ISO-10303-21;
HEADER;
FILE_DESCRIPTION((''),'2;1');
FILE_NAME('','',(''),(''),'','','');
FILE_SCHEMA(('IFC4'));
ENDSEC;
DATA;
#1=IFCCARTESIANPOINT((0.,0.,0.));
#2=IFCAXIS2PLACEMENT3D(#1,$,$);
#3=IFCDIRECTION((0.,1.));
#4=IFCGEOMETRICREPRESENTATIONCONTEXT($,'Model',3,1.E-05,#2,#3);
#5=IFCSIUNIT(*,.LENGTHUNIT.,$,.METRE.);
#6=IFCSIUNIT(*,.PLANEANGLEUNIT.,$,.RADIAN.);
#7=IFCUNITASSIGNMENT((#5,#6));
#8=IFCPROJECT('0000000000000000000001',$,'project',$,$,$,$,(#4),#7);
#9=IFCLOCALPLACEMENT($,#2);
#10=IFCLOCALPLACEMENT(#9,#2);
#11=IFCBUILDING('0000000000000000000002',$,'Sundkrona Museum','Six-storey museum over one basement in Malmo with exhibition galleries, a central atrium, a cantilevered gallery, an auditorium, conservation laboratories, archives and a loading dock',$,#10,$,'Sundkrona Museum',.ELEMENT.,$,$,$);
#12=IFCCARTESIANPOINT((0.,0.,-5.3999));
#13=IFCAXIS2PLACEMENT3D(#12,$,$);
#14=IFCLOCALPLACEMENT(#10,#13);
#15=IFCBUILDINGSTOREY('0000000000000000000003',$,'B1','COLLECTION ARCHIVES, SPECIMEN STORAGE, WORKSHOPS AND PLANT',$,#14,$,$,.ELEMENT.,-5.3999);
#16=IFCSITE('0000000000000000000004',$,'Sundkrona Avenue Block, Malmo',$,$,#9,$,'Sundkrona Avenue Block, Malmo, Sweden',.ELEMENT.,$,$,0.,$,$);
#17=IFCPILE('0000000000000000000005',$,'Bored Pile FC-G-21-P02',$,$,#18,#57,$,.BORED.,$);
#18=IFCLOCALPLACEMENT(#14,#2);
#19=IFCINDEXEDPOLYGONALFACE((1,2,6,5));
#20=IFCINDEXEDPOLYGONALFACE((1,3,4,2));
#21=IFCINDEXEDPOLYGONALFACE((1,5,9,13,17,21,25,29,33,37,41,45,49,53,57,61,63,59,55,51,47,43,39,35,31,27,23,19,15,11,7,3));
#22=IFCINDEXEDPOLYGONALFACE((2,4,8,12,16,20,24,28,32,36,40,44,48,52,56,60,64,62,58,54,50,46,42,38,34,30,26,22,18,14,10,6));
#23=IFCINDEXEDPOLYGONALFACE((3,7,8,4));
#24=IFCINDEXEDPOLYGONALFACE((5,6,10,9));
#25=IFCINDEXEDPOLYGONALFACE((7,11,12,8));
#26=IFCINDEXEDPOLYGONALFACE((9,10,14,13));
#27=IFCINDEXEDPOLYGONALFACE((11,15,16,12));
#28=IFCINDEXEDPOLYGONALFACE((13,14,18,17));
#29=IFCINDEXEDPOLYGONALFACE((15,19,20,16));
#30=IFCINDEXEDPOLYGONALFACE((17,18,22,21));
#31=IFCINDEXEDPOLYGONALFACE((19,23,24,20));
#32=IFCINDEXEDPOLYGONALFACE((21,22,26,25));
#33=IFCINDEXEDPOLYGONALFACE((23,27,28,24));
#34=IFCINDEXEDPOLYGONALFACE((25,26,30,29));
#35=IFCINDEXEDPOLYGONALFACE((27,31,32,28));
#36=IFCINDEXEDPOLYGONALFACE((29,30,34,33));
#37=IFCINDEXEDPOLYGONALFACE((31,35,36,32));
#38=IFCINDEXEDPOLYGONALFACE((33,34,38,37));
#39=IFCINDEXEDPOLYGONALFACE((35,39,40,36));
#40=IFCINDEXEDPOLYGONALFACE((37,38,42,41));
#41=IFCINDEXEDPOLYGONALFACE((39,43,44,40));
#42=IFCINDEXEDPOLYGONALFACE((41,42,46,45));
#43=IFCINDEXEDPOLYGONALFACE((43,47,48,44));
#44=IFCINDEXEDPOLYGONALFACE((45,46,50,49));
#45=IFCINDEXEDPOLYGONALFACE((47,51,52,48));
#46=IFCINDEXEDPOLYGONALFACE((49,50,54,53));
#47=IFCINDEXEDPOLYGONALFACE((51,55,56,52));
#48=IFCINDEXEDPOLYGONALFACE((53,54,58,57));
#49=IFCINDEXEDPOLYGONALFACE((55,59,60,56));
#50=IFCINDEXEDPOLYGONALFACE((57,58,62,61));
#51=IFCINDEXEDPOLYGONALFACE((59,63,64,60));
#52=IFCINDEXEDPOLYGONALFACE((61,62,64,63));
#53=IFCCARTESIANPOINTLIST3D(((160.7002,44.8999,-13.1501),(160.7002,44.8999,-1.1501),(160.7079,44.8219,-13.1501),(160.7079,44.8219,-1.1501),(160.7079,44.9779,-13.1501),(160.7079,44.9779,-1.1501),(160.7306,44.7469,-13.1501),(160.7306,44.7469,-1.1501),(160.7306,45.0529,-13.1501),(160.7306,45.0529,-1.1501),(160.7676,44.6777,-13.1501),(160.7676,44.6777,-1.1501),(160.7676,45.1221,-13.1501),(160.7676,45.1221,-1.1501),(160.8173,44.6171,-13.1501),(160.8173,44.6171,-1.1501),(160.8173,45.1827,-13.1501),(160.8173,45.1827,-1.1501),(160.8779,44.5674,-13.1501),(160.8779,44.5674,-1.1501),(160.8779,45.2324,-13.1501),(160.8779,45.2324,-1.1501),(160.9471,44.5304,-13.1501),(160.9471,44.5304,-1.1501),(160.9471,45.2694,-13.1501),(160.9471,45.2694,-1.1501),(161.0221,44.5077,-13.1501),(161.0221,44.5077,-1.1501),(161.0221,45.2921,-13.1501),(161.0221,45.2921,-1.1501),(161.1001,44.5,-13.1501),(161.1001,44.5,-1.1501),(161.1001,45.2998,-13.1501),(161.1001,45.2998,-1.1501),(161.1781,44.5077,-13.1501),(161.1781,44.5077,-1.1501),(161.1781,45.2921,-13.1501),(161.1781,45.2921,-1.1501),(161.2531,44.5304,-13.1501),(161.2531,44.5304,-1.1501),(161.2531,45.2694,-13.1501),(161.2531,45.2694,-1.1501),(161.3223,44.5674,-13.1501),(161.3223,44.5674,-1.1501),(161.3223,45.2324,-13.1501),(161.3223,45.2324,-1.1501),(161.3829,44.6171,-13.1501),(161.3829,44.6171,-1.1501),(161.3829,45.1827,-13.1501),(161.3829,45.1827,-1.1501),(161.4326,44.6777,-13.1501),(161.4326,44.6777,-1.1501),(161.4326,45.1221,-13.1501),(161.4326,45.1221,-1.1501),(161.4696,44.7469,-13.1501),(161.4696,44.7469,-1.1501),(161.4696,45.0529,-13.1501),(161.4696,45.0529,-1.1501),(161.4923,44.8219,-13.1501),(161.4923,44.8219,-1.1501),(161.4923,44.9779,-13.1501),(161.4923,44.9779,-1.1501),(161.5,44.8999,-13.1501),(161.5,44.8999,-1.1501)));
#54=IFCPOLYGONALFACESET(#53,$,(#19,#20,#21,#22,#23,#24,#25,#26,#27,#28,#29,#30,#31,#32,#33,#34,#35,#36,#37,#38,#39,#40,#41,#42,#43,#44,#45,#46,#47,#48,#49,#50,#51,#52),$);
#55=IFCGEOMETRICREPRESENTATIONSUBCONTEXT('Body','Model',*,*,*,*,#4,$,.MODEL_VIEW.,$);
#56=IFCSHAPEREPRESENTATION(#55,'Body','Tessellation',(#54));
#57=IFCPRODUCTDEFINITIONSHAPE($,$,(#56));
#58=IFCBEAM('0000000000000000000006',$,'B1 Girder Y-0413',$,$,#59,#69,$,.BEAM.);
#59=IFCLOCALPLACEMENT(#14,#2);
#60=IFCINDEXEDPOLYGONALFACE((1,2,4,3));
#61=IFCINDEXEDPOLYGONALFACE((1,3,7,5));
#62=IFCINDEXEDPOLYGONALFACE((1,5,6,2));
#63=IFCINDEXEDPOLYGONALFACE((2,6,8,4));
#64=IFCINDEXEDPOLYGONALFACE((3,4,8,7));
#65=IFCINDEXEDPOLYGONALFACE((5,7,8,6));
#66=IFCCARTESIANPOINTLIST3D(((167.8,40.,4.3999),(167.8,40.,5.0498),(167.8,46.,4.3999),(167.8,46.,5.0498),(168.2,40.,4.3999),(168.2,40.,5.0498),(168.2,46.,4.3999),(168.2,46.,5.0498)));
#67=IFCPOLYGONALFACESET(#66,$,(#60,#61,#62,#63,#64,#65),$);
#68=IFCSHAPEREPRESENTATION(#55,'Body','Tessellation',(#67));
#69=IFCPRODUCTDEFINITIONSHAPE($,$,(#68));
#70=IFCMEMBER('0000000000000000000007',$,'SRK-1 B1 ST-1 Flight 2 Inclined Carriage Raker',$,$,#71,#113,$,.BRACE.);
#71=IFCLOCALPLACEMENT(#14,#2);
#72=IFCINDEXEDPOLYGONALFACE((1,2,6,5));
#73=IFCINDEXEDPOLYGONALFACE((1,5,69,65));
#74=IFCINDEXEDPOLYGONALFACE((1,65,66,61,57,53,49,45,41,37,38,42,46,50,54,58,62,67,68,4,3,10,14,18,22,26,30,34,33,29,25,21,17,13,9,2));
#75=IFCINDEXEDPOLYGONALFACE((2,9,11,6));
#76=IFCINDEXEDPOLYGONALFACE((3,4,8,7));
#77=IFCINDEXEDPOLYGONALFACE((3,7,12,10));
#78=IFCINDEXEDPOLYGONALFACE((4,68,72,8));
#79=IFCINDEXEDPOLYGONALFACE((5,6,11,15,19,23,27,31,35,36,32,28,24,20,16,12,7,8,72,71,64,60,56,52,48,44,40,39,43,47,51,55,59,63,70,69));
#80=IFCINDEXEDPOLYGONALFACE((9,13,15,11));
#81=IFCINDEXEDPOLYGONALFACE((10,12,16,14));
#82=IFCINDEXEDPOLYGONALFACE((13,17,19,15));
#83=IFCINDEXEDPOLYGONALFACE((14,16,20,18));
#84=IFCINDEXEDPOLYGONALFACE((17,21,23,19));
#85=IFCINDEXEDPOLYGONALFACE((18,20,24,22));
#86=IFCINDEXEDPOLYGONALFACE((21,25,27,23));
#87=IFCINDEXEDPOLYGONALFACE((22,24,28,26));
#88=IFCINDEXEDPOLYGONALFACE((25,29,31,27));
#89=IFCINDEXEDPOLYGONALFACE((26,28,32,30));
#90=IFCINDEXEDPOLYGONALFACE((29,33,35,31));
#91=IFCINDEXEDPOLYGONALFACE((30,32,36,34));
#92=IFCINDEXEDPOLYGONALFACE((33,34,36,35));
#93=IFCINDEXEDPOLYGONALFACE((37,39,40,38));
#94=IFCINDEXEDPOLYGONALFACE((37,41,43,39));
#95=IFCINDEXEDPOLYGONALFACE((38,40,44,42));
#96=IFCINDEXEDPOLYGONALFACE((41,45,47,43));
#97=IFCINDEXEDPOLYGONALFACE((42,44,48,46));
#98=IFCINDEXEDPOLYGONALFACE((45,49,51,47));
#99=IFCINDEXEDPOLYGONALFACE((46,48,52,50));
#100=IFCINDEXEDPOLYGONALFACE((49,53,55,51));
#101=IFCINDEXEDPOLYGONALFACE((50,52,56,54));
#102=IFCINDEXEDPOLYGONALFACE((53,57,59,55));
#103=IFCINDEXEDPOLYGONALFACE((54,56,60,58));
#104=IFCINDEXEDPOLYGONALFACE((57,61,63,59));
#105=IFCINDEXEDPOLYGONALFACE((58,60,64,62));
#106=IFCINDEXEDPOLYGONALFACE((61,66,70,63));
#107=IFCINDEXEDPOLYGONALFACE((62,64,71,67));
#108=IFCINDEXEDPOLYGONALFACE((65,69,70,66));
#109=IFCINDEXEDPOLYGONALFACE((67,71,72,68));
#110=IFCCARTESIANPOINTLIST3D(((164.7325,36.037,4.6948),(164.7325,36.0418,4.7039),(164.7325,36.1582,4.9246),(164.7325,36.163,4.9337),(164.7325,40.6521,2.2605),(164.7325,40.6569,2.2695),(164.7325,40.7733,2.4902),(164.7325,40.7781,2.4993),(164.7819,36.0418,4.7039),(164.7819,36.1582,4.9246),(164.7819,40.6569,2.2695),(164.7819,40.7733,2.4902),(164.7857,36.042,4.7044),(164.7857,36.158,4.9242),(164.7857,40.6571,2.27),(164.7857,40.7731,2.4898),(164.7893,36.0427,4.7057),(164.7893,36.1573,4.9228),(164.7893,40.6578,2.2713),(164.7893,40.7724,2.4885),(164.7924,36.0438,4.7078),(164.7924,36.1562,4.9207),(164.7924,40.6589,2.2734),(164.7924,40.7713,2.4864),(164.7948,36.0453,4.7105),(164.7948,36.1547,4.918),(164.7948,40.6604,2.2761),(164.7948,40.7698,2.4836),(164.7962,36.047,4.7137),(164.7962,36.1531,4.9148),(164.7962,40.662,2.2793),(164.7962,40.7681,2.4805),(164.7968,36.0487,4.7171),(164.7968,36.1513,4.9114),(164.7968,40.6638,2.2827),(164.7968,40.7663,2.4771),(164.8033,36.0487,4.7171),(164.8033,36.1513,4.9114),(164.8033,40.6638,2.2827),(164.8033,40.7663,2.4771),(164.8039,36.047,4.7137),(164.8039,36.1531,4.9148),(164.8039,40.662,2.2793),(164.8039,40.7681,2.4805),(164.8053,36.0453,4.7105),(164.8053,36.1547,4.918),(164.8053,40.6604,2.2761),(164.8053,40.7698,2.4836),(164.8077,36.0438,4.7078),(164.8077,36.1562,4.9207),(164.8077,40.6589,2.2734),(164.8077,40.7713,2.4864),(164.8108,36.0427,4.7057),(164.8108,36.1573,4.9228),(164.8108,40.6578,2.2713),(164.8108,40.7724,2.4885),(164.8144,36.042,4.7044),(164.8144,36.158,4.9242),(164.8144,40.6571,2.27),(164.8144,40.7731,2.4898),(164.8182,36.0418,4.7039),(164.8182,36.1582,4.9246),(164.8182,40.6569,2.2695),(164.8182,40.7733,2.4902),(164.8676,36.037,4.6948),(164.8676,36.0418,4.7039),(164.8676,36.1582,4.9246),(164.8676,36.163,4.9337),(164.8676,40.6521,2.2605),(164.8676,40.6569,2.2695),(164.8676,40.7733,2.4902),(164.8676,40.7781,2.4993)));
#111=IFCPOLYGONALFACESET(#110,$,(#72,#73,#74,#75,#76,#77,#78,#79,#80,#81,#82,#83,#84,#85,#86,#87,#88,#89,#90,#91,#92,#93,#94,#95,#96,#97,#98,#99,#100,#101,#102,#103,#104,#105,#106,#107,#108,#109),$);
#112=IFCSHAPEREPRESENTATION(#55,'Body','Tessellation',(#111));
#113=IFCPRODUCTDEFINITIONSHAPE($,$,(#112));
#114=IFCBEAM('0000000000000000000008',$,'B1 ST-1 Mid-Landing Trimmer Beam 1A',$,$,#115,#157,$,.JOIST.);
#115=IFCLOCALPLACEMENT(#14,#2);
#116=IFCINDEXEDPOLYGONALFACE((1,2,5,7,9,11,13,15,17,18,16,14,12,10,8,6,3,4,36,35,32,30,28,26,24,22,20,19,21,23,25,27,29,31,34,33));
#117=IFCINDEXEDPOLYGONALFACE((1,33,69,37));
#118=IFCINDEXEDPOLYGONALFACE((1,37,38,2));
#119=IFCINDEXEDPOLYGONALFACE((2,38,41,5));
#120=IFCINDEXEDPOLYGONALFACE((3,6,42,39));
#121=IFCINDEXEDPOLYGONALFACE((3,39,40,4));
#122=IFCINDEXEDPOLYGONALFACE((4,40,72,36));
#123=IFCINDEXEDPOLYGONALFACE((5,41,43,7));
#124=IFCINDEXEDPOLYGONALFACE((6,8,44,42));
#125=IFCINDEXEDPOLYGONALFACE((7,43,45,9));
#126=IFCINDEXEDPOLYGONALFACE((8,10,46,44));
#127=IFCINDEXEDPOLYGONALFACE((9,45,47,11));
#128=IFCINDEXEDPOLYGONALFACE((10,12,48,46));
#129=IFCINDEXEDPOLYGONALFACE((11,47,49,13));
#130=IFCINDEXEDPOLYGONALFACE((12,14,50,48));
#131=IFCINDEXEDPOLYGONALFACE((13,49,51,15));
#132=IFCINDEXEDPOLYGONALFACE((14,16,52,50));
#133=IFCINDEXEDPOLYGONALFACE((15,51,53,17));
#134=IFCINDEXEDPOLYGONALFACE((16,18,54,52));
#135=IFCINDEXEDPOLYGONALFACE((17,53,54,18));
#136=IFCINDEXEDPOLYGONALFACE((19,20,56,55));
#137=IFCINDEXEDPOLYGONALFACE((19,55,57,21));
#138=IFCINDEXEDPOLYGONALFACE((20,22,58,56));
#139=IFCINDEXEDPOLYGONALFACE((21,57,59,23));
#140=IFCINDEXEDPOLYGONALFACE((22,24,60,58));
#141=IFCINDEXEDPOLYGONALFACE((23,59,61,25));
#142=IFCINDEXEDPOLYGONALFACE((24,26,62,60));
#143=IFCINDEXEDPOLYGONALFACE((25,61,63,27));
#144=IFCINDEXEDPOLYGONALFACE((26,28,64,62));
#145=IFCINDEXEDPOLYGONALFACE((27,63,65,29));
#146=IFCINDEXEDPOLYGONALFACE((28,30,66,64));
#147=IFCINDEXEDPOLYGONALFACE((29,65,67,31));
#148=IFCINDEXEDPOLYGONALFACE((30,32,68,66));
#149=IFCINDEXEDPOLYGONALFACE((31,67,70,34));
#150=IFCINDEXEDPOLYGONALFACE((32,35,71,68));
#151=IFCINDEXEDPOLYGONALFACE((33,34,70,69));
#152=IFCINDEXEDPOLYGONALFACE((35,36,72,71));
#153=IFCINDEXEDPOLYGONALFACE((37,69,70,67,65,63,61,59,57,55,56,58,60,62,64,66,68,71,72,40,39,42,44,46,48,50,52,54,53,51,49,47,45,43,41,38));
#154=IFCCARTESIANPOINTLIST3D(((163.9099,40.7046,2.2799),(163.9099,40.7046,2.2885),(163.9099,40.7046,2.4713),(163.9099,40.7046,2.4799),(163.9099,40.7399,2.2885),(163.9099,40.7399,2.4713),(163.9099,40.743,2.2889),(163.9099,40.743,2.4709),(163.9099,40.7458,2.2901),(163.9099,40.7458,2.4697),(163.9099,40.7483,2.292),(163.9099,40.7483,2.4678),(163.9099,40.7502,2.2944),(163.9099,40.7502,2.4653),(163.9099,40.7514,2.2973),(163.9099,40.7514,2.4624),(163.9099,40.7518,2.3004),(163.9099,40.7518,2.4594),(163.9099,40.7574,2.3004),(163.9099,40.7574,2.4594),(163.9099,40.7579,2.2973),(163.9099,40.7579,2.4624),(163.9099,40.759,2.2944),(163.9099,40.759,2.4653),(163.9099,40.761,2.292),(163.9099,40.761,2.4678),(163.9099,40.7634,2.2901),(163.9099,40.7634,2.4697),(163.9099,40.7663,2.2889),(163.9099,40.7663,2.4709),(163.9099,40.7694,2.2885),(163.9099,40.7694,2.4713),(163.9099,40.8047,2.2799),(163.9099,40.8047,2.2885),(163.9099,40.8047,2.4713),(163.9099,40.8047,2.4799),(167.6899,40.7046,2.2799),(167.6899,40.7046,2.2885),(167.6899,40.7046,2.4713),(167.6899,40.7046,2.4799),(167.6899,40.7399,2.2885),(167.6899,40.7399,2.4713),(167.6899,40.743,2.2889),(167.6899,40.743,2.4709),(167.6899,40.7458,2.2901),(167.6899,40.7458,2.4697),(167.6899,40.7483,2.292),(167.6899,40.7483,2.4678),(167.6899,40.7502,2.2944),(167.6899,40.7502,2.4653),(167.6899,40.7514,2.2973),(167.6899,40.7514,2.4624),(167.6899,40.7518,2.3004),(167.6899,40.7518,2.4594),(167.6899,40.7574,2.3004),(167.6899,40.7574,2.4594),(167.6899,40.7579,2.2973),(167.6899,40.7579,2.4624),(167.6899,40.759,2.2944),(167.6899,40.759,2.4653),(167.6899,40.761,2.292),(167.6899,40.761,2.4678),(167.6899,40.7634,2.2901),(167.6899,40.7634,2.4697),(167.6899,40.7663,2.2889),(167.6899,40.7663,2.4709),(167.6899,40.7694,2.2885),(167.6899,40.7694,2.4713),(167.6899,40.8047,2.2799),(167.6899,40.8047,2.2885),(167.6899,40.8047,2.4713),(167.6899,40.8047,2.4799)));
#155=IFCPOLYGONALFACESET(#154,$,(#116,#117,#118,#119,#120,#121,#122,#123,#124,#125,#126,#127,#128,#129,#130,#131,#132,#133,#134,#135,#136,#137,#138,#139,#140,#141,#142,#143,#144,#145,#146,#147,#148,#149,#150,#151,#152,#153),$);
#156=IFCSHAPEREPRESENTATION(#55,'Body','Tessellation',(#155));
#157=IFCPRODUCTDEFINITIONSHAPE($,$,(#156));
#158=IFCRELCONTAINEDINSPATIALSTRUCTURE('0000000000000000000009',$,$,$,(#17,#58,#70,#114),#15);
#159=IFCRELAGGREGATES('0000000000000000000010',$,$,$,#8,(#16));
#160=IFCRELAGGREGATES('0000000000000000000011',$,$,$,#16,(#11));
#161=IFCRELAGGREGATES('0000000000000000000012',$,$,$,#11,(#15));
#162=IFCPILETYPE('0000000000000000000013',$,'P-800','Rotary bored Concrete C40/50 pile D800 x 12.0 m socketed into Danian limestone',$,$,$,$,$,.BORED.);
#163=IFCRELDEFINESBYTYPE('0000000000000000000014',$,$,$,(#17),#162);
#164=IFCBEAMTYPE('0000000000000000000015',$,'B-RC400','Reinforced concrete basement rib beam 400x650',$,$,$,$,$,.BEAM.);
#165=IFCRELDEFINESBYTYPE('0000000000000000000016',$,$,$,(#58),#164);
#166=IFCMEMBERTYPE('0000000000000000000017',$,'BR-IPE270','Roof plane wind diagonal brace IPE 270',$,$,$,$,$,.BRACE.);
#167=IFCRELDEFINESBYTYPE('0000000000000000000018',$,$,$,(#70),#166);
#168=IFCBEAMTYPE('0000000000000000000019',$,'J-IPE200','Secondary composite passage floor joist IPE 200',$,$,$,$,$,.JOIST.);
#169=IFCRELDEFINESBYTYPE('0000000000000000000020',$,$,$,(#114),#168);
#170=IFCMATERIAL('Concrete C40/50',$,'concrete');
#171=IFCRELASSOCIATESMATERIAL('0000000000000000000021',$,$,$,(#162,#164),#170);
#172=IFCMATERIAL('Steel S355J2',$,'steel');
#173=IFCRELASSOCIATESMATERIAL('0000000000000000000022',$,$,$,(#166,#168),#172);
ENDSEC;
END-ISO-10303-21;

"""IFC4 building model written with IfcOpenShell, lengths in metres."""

from ifc_helpers import new_model, si_unit, direction, frame, origin, origin_2d, place, context, subcontext, project, spatial, rectangle, circle, i_section, extrude, material, material_profile, profile_set, type_object, element, save


model = new_model("IFC4")

# Units and contexts
model_context = context("Model", 3, precision=1e-05, world=origin(), true_north=direction((0.0, 1.0)))
body_context = subcontext(model_context, "Body", "Model", "MODEL_VIEW")
ifc_project = project(units=[si_unit("LENGTHUNIT", "METRE"), si_unit("PLANEANGLEUNIT", "RADIAN")], contexts=[model_context])

# Site, building, storey
site_placement = place(None, origin())
site = spatial("IfcSite", under=ifc_project, at=site_placement, Name="Sundkrona Avenue Block, Malmo", LongName="Sundkrona Avenue Block, Malmo, Sweden", CompositionType="ELEMENT", RefElevation=0.0)
building_placement = place(site_placement, origin())
building = spatial("IfcBuilding", under=site, at=building_placement, Name="Sundkrona Museum", Description="Six-storey museum over one basement in Malmo with exhibition galleries, a central atrium, a cantilevered gallery, an auditorium, conservation laboratories, archives and a loading dock", LongName="Sundkrona Museum", CompositionType="ELEMENT")
storey_placement = place(building_placement, frame((0.0, 0.0, -5.3999)))
storey = spatial("IfcBuildingStorey", under=building, at=storey_placement, Name="B1", Description="COLLECTION ARCHIVES, SPECIMEN STORAGE, WORKSHOPS AND PLANT", CompositionType="ELEMENT", Elevation=-5.3999)

# Shared definitions
ifc_material_1 = material(Name="Concrete C40/50", Category="concrete")

# Pile
ifc_material_profile_1 = material_profile(ifc_material_1, circle(Radius=0.3999, at=origin_2d()), Name="PILE D800")
ifc_profile_set_1 = profile_set([ifc_material_profile_1], Name="Concrete C40/50")
pile_type_1 = type_object("IfcPileType", Name="P-800", Description="Rotary bored Concrete C40/50 pile D800 x 12.0 m socketed into Danian limestone", PredefinedType="BORED", material=ifc_profile_set_1)
for number, where, z_axis, x_axis, name in (
    (1, (161.1001, 44.8999, -1.1501), (0.0, 0.0, -1.0), (1.0, 0.0, 0.0), "Bored Pile FC-G-21-P02"),
):
    element("IfcPile", number, at=place(storey_placement, frame(where, z_axis=z_axis, x_axis=x_axis)), inside=storey, type_object=pile_type_1, Name=name, PredefinedType="BORED", context=body_context, shape_type="SweptSolid", body=[
        extrude(circle(Radius=0.3999, at=origin_2d()), origin(), (0.0, 0.0, 1.0), 12.0),
    ])

# Beam
ifc_material_profile_2 = material_profile(ifc_material_1, rectangle(XDim=0.3999, YDim=0.6499, at=origin_2d()), Name="RCB 400x650")
ifc_profile_set_2 = profile_set([ifc_material_profile_2], Name="Concrete C40/50")
beam_type_1 = type_object("IfcBeamType", Name="B-RC400", Description="Reinforced concrete basement rib beam 400x650", PredefinedType="BEAM", material=ifc_profile_set_2)
beam_placement = place(storey_placement, frame((168.0, 40.0, 4.7249), z_axis=(0.0, 1.0, 0.0), x_axis=(-1.0, 0.0, 0.0)))
element("IfcBeam", 2, at=beam_placement, inside=storey, type_object=beam_type_1, Name="B1 Girder Y-0413", PredefinedType="BEAM", context=body_context, shape_type="SweptSolid", body=[
    extrude(rectangle(XDim=0.3999, YDim=0.6499, at=origin_2d()), origin(), (0.0, 0.0, 1.0), 6.0),
])

# Member
ifc_material_2 = material(Name="Steel S355J2", Category="steel")
ifc_material_profile_3 = material_profile(ifc_material_2, i_section(OverallWidth=0.135, OverallDepth=0.27, WebThickness=0.0066, FlangeThickness=0.0103, FilletRadius=0.0149, at=origin_2d()), Name="IPE 270")
ifc_profile_set_3 = profile_set([ifc_material_profile_3], Name="Steel S355J2")
member_type = type_object("IfcMemberType", Name="BR-IPE270", Description="Roof plane wind diagonal brace IPE 270", PredefinedType="BRACE", material=ifc_profile_set_3)
member_placement = place(storey_placement, frame((164.8, 40.7151, 2.3799), z_axis=(0.0, -0.884493, 0.466554), x_axis=(1.0, 0.0, 0.0)))
element("IfcMember", 3, at=member_placement, inside=storey, type_object=member_type, Name="SRK-1 B1 ST-1 Flight 2 Inclined Carriage Raker", PredefinedType="BRACE", context=body_context, shape_type="SweptSolid", body=[
    extrude(i_section(OverallWidth=0.135, OverallDepth=0.27, WebThickness=0.0066, FlangeThickness=0.0103, FilletRadius=0.0149, at=origin_2d()), origin(), (0.0, 0.0, 1.0), 5.2178),
])

# Beam
ifc_material_profile_4 = material_profile(ifc_material_2, i_section(OverallWidth=0.1001, OverallDepth=0.2, WebThickness=0.0056, FlangeThickness=0.0085, FilletRadius=0.012, at=origin_2d()), Name="IPE 200")
ifc_profile_set_4 = profile_set([ifc_material_profile_4], Name="Steel S355J2")
beam_type_2 = type_object("IfcBeamType", Name="J-IPE200", Description="Secondary composite passage floor joist IPE 200", PredefinedType="JOIST", material=ifc_profile_set_4)
for number, where, z_axis, x_axis, name in (
    (4, (163.9099, 40.7546, 2.3799), (1.0, 0.0, 0.0), (0.0, 1.0, 0.0), "B1 ST-1 Mid-Landing Trimmer Beam 1A"),
):
    element("IfcBeam", number, at=place(storey_placement, frame(where, z_axis=z_axis, x_axis=x_axis)), inside=storey, type_object=beam_type_2, Name=name, PredefinedType="JOIST", context=body_context, shape_type="SweptSolid", body=[
        extrude(i_section(OverallWidth=0.1001, OverallDepth=0.2, WebThickness=0.0056, FlangeThickness=0.0085, FilletRadius=0.012, at=origin_2d()), origin(), (0.0, 0.0, 1.0), 3.78),
    ])

save(model, "model.ifc")
